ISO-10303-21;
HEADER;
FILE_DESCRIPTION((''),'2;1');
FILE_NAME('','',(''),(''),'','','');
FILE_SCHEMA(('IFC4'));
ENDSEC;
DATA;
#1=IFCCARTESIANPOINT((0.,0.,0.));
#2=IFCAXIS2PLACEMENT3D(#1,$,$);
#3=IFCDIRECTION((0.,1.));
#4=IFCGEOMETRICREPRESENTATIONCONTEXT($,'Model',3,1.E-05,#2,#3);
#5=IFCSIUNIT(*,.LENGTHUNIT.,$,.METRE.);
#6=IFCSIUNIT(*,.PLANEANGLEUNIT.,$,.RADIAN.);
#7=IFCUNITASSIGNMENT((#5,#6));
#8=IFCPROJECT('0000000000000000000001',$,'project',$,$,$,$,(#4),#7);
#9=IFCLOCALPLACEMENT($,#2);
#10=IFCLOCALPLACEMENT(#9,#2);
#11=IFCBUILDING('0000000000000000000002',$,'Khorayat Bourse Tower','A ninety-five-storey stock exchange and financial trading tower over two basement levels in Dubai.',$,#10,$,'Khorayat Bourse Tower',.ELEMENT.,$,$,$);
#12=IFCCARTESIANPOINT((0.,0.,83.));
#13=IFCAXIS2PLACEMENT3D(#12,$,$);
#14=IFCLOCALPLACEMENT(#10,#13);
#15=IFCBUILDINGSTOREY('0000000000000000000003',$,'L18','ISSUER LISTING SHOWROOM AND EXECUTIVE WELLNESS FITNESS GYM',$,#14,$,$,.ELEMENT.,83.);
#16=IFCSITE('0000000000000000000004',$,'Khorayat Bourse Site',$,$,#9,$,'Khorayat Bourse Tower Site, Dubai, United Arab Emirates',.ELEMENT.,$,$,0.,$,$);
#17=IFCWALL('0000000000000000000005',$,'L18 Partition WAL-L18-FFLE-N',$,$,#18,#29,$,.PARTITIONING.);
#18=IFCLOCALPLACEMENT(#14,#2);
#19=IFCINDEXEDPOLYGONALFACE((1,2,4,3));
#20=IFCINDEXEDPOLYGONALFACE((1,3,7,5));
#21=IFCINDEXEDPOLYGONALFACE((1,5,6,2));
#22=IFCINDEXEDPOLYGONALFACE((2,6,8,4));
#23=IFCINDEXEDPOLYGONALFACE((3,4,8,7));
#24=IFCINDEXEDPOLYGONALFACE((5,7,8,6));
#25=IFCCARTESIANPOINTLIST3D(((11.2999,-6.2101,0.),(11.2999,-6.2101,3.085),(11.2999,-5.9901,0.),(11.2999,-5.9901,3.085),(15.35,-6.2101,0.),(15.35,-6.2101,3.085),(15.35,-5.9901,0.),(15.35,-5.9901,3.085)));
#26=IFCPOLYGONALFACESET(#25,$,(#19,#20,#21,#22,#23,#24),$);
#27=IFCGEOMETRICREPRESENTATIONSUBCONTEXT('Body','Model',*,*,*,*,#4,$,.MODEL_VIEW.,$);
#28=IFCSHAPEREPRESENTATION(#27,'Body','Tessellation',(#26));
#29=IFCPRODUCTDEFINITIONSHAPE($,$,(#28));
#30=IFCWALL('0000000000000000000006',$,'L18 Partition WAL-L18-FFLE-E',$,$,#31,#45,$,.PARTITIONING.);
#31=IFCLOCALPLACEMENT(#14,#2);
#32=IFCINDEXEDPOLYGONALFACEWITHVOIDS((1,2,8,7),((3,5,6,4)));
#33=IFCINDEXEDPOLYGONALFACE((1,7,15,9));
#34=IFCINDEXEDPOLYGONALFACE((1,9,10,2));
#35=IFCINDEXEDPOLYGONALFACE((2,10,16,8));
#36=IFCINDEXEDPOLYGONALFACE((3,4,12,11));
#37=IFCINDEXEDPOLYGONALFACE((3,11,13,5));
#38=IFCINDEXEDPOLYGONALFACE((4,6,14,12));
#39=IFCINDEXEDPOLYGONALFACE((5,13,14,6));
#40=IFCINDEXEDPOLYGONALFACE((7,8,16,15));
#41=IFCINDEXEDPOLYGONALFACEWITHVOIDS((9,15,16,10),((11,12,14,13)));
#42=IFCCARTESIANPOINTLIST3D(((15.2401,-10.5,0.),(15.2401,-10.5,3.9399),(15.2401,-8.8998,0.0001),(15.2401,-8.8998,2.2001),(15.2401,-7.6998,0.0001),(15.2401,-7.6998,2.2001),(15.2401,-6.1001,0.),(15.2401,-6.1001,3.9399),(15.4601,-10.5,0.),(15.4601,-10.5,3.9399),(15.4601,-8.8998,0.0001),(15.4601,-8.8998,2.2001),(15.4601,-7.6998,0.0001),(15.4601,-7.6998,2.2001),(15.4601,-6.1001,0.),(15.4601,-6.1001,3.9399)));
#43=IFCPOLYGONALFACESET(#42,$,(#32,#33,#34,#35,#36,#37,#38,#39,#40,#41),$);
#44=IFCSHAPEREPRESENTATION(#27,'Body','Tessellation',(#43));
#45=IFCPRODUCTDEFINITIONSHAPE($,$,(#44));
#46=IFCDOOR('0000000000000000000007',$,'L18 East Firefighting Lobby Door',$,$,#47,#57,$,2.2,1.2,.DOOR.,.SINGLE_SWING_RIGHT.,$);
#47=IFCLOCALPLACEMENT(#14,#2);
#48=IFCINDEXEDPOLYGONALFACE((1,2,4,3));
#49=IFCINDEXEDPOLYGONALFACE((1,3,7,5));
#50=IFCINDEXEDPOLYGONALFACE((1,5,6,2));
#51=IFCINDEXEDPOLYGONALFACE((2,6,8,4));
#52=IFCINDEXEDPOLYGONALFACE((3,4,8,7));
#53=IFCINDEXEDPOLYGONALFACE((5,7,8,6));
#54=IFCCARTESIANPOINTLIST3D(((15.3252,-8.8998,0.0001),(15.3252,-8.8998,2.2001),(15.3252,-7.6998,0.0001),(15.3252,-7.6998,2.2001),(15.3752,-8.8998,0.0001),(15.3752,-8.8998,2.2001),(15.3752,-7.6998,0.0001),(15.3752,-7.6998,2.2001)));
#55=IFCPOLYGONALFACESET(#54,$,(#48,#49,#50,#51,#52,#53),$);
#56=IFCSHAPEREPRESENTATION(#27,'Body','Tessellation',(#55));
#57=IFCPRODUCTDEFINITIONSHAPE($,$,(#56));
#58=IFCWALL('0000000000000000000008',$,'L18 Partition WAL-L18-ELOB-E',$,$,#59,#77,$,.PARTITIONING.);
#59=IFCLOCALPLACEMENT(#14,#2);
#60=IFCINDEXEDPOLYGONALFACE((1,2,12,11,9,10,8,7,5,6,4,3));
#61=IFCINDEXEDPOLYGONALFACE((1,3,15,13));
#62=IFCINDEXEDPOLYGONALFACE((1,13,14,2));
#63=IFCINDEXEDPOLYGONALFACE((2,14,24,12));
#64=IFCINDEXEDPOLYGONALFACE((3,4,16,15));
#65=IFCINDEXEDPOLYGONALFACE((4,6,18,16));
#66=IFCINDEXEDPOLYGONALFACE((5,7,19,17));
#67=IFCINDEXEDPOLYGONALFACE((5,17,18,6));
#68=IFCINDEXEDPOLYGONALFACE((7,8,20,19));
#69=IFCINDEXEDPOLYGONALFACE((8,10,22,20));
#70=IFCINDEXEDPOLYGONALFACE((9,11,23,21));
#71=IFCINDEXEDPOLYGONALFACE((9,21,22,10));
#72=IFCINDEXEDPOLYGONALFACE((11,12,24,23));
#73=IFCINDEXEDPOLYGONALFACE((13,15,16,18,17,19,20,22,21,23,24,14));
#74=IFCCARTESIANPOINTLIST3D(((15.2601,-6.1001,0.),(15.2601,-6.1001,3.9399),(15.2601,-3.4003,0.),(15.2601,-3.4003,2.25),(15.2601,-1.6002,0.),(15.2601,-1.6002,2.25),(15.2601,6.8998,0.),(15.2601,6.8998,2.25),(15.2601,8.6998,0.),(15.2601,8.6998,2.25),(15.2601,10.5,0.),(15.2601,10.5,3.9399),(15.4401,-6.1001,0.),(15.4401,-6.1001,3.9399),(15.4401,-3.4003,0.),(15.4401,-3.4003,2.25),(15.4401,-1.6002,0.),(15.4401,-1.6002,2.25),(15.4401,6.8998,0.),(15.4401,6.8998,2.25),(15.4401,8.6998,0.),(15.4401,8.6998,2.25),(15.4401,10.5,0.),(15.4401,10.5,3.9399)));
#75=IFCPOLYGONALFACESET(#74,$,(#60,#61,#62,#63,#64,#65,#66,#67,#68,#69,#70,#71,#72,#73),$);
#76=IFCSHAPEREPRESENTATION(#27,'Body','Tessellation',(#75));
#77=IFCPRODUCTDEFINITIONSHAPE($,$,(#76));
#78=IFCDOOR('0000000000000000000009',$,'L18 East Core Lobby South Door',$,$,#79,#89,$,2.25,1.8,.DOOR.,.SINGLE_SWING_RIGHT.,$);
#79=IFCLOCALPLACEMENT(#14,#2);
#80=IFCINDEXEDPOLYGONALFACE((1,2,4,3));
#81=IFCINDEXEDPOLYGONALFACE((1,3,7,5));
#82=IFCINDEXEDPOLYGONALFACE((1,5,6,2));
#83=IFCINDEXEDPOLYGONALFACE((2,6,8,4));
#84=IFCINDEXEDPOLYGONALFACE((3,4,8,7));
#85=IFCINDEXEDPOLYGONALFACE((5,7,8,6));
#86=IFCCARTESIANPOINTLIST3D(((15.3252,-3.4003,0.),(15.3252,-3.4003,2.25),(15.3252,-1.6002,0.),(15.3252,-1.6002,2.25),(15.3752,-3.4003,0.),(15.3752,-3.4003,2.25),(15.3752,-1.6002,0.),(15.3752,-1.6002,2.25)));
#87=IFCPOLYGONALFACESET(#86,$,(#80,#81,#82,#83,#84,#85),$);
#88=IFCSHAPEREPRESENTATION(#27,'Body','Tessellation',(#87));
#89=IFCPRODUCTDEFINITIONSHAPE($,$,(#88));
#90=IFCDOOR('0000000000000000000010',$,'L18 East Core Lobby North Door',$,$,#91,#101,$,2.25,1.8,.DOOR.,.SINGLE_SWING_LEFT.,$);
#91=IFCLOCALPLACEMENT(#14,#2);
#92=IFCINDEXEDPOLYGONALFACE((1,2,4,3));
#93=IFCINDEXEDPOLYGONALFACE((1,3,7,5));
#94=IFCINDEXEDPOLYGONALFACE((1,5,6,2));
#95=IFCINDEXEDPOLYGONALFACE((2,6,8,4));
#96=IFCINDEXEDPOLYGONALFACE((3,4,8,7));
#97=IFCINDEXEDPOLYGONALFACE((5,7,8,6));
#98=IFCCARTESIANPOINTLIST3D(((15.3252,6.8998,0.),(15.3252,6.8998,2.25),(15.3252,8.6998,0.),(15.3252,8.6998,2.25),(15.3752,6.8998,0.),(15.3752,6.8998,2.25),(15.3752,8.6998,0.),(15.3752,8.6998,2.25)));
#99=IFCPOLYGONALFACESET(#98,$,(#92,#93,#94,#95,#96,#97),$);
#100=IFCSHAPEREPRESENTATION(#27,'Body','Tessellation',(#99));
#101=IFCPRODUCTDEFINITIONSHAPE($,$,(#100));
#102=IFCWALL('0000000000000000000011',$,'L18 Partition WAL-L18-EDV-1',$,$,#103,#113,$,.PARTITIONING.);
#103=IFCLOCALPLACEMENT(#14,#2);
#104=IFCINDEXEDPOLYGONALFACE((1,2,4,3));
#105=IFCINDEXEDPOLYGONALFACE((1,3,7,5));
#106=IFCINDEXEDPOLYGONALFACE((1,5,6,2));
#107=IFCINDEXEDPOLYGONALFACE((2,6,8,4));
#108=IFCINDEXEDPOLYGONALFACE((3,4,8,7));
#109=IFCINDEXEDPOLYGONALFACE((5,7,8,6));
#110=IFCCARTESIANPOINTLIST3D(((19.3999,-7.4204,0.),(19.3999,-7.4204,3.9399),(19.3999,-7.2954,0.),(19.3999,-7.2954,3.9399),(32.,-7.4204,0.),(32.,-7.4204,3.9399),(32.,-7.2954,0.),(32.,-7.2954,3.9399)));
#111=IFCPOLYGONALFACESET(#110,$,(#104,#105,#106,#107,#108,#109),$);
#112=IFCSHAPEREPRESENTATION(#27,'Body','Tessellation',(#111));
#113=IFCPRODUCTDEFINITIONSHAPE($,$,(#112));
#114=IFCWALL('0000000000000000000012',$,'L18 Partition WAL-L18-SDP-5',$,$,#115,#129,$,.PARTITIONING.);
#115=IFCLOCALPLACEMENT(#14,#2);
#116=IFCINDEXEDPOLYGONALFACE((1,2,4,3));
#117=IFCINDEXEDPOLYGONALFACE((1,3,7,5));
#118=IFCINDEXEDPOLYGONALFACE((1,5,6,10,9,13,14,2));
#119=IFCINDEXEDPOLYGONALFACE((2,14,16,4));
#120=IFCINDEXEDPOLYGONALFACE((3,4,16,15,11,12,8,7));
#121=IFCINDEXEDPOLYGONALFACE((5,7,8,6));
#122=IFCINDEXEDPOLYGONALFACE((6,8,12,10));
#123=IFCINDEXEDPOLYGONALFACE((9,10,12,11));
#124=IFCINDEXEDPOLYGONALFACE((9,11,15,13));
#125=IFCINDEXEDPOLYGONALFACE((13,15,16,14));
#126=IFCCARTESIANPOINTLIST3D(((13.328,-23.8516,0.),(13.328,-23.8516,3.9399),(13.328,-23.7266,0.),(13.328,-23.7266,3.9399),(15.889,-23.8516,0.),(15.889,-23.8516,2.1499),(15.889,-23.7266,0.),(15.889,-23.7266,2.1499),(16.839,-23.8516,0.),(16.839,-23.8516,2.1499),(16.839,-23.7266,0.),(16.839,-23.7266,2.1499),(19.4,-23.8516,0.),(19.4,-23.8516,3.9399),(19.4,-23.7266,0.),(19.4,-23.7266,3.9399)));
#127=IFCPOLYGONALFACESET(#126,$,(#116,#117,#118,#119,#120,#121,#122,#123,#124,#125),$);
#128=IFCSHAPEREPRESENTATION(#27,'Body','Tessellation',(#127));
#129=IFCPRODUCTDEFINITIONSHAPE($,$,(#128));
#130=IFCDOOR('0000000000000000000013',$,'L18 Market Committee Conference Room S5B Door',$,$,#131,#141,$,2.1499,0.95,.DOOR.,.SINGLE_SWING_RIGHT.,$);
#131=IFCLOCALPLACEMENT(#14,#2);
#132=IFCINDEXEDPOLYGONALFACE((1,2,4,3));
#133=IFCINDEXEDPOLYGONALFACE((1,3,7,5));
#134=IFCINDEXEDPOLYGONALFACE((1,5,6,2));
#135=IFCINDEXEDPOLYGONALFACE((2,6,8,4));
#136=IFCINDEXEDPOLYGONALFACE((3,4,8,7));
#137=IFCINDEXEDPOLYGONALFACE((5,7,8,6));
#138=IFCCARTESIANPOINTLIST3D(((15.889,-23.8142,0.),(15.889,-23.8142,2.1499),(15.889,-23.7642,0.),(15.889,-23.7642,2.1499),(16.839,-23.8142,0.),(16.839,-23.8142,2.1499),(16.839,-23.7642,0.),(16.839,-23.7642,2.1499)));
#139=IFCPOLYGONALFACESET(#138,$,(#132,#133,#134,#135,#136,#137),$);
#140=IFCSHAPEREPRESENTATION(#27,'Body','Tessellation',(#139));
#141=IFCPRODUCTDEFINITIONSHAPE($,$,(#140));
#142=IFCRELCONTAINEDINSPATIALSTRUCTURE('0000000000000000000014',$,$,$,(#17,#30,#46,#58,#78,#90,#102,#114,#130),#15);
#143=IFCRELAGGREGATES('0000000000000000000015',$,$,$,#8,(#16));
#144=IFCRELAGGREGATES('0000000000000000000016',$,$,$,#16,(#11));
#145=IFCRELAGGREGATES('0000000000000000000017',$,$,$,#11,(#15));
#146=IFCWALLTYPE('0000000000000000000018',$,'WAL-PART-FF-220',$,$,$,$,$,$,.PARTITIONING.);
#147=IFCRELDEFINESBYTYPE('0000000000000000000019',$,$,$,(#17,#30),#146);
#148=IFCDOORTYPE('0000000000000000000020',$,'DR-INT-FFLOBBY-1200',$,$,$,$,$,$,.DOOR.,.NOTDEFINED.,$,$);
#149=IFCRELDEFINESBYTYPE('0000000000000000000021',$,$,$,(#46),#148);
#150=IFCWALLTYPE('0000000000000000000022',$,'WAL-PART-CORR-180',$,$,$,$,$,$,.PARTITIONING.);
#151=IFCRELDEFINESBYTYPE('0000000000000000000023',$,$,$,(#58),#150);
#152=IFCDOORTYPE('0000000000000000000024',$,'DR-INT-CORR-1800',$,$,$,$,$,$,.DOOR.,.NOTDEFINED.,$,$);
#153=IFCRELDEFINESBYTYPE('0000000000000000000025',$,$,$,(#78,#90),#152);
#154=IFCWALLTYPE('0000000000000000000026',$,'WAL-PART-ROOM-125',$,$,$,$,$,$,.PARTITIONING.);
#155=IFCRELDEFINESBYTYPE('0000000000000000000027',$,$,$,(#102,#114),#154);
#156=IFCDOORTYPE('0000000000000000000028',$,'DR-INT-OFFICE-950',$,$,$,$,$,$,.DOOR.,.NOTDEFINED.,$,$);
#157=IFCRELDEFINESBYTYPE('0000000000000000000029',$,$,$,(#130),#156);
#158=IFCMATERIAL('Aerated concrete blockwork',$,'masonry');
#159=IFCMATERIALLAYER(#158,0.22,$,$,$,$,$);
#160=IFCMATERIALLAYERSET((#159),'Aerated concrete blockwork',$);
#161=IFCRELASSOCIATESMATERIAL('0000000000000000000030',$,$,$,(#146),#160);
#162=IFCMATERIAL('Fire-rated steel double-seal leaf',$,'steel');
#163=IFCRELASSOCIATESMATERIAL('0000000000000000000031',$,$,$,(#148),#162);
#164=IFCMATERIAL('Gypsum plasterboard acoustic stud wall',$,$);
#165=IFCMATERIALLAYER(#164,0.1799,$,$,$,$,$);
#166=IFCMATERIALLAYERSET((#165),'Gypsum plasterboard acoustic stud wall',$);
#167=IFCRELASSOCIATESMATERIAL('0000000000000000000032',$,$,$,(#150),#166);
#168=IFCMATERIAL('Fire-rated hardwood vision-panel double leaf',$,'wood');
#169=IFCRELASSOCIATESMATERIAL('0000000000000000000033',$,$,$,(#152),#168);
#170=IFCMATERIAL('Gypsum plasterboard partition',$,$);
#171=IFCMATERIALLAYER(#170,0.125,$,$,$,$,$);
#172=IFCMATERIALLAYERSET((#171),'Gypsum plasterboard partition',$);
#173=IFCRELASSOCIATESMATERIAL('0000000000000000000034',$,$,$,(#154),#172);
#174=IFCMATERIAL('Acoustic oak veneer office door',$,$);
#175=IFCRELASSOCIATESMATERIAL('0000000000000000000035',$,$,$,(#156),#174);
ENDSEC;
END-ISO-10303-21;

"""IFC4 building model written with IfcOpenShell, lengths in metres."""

from ifc_helpers import new_model, si_unit, direction, frame, frame_2d, origin, place, context, subcontext, project, spatial, rectangle, extrude, source, transform, mapped, material, layer, layer_set, type_object, element, fill, save


model = new_model("IFC4")

# Units and contexts
model_context = context("Model", 3, precision=1e-05, world=origin(), true_north=direction((0.0, 1.0)))
body_context = subcontext(model_context, "Body", "Model", "MODEL_VIEW")
ifc_project = project(units=[si_unit("LENGTHUNIT", "METRE"), si_unit("PLANEANGLEUNIT", "RADIAN")], contexts=[model_context])

# Site, building, storey
site_placement = place(None, origin())
site = spatial("IfcSite", under=ifc_project, at=site_placement, Name="Khorayat Bourse Site", LongName="Khorayat Bourse Tower Site, Dubai, United Arab Emirates", CompositionType="ELEMENT", RefElevation=0.0)
building_placement = place(site_placement, origin())
building = spatial("IfcBuilding", under=site, at=building_placement, Name="Khorayat Bourse Tower", Description="A ninety-five-storey stock exchange and financial trading tower over two basement levels in Dubai.", LongName="Khorayat Bourse Tower", CompositionType="ELEMENT")
storey_placement = place(building_placement, frame((0.0, 0.0, 83.0)))
storey = spatial("IfcBuildingStorey", under=building, at=storey_placement, Name="L18", Description="ISSUER LISTING SHOWROOM AND EXECUTIVE WELLNESS FITNESS GYM", CompositionType="ELEMENT", Elevation=83.0)

# Wall
ifc_material_1 = material(Name="Aerated concrete blockwork", Category="masonry")
ifc_layer_1 = layer(ifc_material_1, 0.22)
ifc_layer_set_1 = layer_set([ifc_layer_1], Name="Aerated concrete blockwork")
wall_type_1 = type_object("IfcWallType", Name="WAL-PART-FF-220", PredefinedType="PARTITIONING", material=ifc_layer_set_1)
shared_shape_1 = source(origin(), body_context, "Body", "SweptSolid", [
    extrude(rectangle(XDim=4.05, YDim=0.22, at=frame_2d((2.0249, 0.0))), origin(), (0.0, 0.0, 1.0), 3.085),
])
wall_1_placement = place(storey_placement, frame((11.3, -6.1001, 0.0), z_axis=(0.0, 0.0, 1.0), x_axis=(1.0, 0.0, 0.0)))
element("IfcWall", 1, at=wall_1_placement, inside=storey, type_object=wall_type_1, Name="L18 Partition WAL-L18-FFLE-N", PredefinedType="PARTITIONING", context=body_context, shape_type="MappedRepresentation", body=[
    mapped(shared_shape_1, transform((0.0, 0.0, 0.0), scale=1.0)),
])

# Wall, opening, door
shared_shape_2 = source(origin(), body_context, "Body", "SweptSolid", [
    extrude(rectangle(XDim=4.3999, YDim=0.22, at=frame_2d((2.2, 0.0))), origin(), (0.0, 0.0, 1.0), 3.9399),
])
wall_2_placement = place(storey_placement, frame((15.3501, -10.5, 0.0), z_axis=(0.0, 0.0, 1.0), x_axis=(0.0, 1.0, 0.0)))
wall_2 = element("IfcWall", 2, at=wall_2_placement, inside=storey, type_object=wall_type_1, Name="L18 Partition WAL-L18-FFLE-E", PredefinedType="PARTITIONING", context=body_context, shape_type="MappedRepresentation", body=[
    mapped(shared_shape_2, transform((0.0, 0.0, 0.0), scale=1.0)),
])
shared_shape_3 = source(origin(), body_context, "Body", "SweptSolid", [
    extrude(rectangle(XDim=1.2, YDim=2.2, at=frame_2d((0.6001, 1.1001))), frame((0.0, 0.1199, 0.0), z_axis=(0.0, -1.0, 0.0), x_axis=(1.0, 0.0, 0.0)), (0.0, 0.0, 1.0), 0.24),
])
opening_1_placement = place(wall_2_placement, frame((1.6001, 0.0, 0.0)))
opening_1 = element("IfcOpeningElement", 3, at=opening_1_placement, cuts=wall_2, PredefinedType="OPENING", context=body_context, shape_type="MappedRepresentation", body=[
    mapped(shared_shape_3, transform((0.0, 0.0, 0.0), scale=1.0)),
])
ifc_material_2 = material(Name="Fire-rated steel double-seal leaf", Category="steel")
door_type_1 = type_object("IfcDoorType", Name="DR-INT-FFLOBBY-1200", OperationType="NOTDEFINED", PredefinedType="DOOR", material=ifc_material_2)
shared_shape_4 = source(origin(), body_context, "Body", "SweptSolid", [
    extrude(rectangle(XDim=1.2, YDim=2.2, at=frame_2d((0.6001, 1.1001))), frame((0.0, 0.0249, 0.0), z_axis=(0.0, -1.0, 0.0), x_axis=(1.0, 0.0, 0.0)), (0.0, 0.0, 1.0), 0.05),
])
door_1_placement = place(opening_1_placement, origin())
door_1 = element("IfcDoor", 4, at=door_1_placement, inside=storey, type_object=door_type_1, Name="L18 East Firefighting Lobby Door", OperationType="SINGLE_SWING_RIGHT", OverallHeight=2.2, OverallWidth=1.2, PredefinedType="DOOR", context=body_context, shape_type="MappedRepresentation", body=[
    mapped(shared_shape_4, transform((0.0, 0.0, 0.0), scale=1.0)),
])
fill(opening_1, door_1)

# Wall, openings, doors
ifc_material_3 = material(Name="Gypsum plasterboard acoustic stud wall")
ifc_layer_2 = layer(ifc_material_3, 0.1799)
ifc_layer_set_2 = layer_set([ifc_layer_2], Name="Gypsum plasterboard acoustic stud wall")
wall_type_2 = type_object("IfcWallType", Name="WAL-PART-CORR-180", PredefinedType="PARTITIONING", material=ifc_layer_set_2)
shared_shape_5 = source(origin(), body_context, "Body", "SweptSolid", [
    extrude(rectangle(XDim=16.6001, YDim=0.1799, at=frame_2d((8.3, 0.0))), origin(), (0.0, 0.0, 1.0), 3.9399),
])
wall_3_placement = place(storey_placement, frame((15.3501, -6.1001, 0.0), z_axis=(0.0, 0.0, 1.0), x_axis=(0.0, 1.0, 0.0)))
wall_3 = element("IfcWall", 5, at=wall_3_placement, inside=storey, type_object=wall_type_2, Name="L18 Partition WAL-L18-ELOB-E", PredefinedType="PARTITIONING", context=body_context, shape_type="MappedRepresentation", body=[
    mapped(shared_shape_5, transform((0.0, 0.0, 0.0), scale=1.0)),
])
shared_shape_6 = source(origin(), body_context, "Body", "SweptSolid", [
    extrude(rectangle(XDim=1.8, YDim=2.25, at=frame_2d((0.8999, 1.125))), frame((0.0, 0.0999, 0.0), z_axis=(0.0, -1.0, 0.0), x_axis=(1.0, 0.0, 0.0)), (0.0, 0.0, 1.0), 0.2),
])
opening_2_placement = place(wall_3_placement, frame((2.7, 0.0, 0.0)))
opening_2 = element("IfcOpeningElement", 6, at=opening_2_placement, cuts=wall_3, PredefinedType="OPENING", context=body_context, shape_type="MappedRepresentation", body=[
    mapped(shared_shape_6, transform((0.0, 0.0, 0.0), scale=1.0)),
])
opening_3_placement = place(wall_3_placement, frame((13.0, 0.0, 0.0)))
opening_3 = element("IfcOpeningElement", 7, at=opening_3_placement, cuts=wall_3, PredefinedType="OPENING", context=body_context, shape_type="MappedRepresentation", body=[
    mapped(shared_shape_6, transform((0.0, 0.0, 0.0), scale=1.0)),
])
ifc_material_4 = material(Name="Fire-rated hardwood vision-panel double leaf", Category="wood")
door_type_2 = type_object("IfcDoorType", Name="DR-INT-CORR-1800", OperationType="NOTDEFINED", PredefinedType="DOOR", material=ifc_material_4)
shared_shape_7 = source(origin(), body_context, "Body", "SweptSolid", [
    extrude(rectangle(XDim=1.8, YDim=2.25, at=frame_2d((0.8999, 1.125))), frame((0.0, 0.0249, 0.0), z_axis=(0.0, -1.0, 0.0), x_axis=(1.0, 0.0, 0.0)), (0.0, 0.0, 1.0), 0.05),
])
door_2_placement = place(opening_2_placement, origin())
door_2 = element("IfcDoor", 8, at=door_2_placement, inside=storey, type_object=door_type_2, Name="L18 East Core Lobby South Door", OperationType="SINGLE_SWING_RIGHT", OverallHeight=2.25, OverallWidth=1.8, PredefinedType="DOOR", context=body_context, shape_type="MappedRepresentation", body=[
    mapped(shared_shape_7, transform((0.0, 0.0, 0.0), scale=1.0)),
])
fill(opening_2, door_2)
door_3_placement = place(opening_3_placement, origin())
door_3 = element("IfcDoor", 9, at=door_3_placement, inside=storey, type_object=door_type_2, Name="L18 East Core Lobby North Door", OperationType="SINGLE_SWING_LEFT", OverallHeight=2.25, OverallWidth=1.8, PredefinedType="DOOR", context=body_context, shape_type="MappedRepresentation", body=[
    mapped(shared_shape_7, transform((0.0, 0.0, 0.0), scale=1.0)),
])
fill(opening_3, door_3)

# Wall
ifc_material_5 = material(Name="Gypsum plasterboard partition")
ifc_layer_3 = layer(ifc_material_5, 0.125)
ifc_layer_set_3 = layer_set([ifc_layer_3], Name="Gypsum plasterboard partition")
wall_type_3 = type_object("IfcWallType", Name="WAL-PART-ROOM-125", PredefinedType="PARTITIONING", material=ifc_layer_set_3)
shared_shape_8 = source(origin(), body_context, "Body", "SweptSolid", [
    extrude(rectangle(XDim=12.6001, YDim=0.125, at=frame_2d((6.3, 0.0))), origin(), (0.0, 0.0, 1.0), 3.9399),
])
wall_4_placement = place(storey_placement, frame((19.3999, -7.3579, 0.0), z_axis=(0.0, 0.0, 1.0), x_axis=(1.0, 0.0, 0.0)))
element("IfcWall", 10, at=wall_4_placement, inside=storey, type_object=wall_type_3, Name="L18 Partition WAL-L18-EDV-1", PredefinedType="PARTITIONING", context=body_context, shape_type="MappedRepresentation", body=[
    mapped(shared_shape_8, transform((0.0, 0.0, 0.0), scale=1.0)),
])

# Wall, opening, door
shared_shape_9 = source(origin(), body_context, "Body", "SweptSolid", [
    extrude(rectangle(XDim=6.072, YDim=0.125, at=frame_2d((3.0361, 0.0))), origin(), (0.0, 0.0, 1.0), 3.9399),
])
wall_5_placement = place(storey_placement, frame((13.3279, -23.7891, 0.0), z_axis=(0.0, 0.0, 1.0), x_axis=(1.0, 0.0, 0.0)))
wall_5 = element("IfcWall", 11, at=wall_5_placement, inside=storey, type_object=wall_type_3, Name="L18 Partition WAL-L18-SDP-5", PredefinedType="PARTITIONING", context=body_context, shape_type="MappedRepresentation", body=[
    mapped(shared_shape_9, transform((0.0, 0.0, 0.0), scale=1.0)),
])
shared_shape_10 = source(origin(), body_context, "Body", "SweptSolid", [
    extrude(rectangle(XDim=0.95, YDim=2.1499, at=frame_2d((0.4751, 1.075))), frame((0.0, 0.0725, 0.0), z_axis=(0.0, -1.0, 0.0), x_axis=(1.0, 0.0, 0.0)), (0.0, 0.0, 1.0), 0.145),
])
opening_4_placement = place(wall_5_placement, frame((2.561, 0.0, 0.0)))
opening_4 = element("IfcOpeningElement", 12, at=opening_4_placement, cuts=wall_5, PredefinedType="OPENING", context=body_context, shape_type="MappedRepresentation", body=[
    mapped(shared_shape_10, transform((0.0, 0.0, 0.0), scale=1.0)),
])
ifc_material_6 = material(Name="Acoustic oak veneer office door")
door_type_3 = type_object("IfcDoorType", Name="DR-INT-OFFICE-950", OperationType="NOTDEFINED", PredefinedType="DOOR", material=ifc_material_6)
shared_shape_11 = source(origin(), body_context, "Body", "SweptSolid", [
    extrude(rectangle(XDim=0.95, YDim=2.1499, at=frame_2d((0.4751, 1.075))), frame((0.0, 0.0249, 0.0), z_axis=(0.0, -1.0, 0.0), x_axis=(1.0, 0.0, 0.0)), (0.0, 0.0, 1.0), 0.05),
])
door_4_placement = place(opening_4_placement, origin())
door_4 = element("IfcDoor", 13, at=door_4_placement, inside=storey, type_object=door_type_3, Name="L18 Market Committee Conference Room S5B Door", OperationType="SINGLE_SWING_RIGHT", OverallHeight=2.1499, OverallWidth=0.95, PredefinedType="DOOR", context=body_context, shape_type="MappedRepresentation", body=[
    mapped(shared_shape_11, transform((0.0, 0.0, 0.0), scale=1.0)),
])
fill(opening_4, door_4)

save(model, "model.ifc")
